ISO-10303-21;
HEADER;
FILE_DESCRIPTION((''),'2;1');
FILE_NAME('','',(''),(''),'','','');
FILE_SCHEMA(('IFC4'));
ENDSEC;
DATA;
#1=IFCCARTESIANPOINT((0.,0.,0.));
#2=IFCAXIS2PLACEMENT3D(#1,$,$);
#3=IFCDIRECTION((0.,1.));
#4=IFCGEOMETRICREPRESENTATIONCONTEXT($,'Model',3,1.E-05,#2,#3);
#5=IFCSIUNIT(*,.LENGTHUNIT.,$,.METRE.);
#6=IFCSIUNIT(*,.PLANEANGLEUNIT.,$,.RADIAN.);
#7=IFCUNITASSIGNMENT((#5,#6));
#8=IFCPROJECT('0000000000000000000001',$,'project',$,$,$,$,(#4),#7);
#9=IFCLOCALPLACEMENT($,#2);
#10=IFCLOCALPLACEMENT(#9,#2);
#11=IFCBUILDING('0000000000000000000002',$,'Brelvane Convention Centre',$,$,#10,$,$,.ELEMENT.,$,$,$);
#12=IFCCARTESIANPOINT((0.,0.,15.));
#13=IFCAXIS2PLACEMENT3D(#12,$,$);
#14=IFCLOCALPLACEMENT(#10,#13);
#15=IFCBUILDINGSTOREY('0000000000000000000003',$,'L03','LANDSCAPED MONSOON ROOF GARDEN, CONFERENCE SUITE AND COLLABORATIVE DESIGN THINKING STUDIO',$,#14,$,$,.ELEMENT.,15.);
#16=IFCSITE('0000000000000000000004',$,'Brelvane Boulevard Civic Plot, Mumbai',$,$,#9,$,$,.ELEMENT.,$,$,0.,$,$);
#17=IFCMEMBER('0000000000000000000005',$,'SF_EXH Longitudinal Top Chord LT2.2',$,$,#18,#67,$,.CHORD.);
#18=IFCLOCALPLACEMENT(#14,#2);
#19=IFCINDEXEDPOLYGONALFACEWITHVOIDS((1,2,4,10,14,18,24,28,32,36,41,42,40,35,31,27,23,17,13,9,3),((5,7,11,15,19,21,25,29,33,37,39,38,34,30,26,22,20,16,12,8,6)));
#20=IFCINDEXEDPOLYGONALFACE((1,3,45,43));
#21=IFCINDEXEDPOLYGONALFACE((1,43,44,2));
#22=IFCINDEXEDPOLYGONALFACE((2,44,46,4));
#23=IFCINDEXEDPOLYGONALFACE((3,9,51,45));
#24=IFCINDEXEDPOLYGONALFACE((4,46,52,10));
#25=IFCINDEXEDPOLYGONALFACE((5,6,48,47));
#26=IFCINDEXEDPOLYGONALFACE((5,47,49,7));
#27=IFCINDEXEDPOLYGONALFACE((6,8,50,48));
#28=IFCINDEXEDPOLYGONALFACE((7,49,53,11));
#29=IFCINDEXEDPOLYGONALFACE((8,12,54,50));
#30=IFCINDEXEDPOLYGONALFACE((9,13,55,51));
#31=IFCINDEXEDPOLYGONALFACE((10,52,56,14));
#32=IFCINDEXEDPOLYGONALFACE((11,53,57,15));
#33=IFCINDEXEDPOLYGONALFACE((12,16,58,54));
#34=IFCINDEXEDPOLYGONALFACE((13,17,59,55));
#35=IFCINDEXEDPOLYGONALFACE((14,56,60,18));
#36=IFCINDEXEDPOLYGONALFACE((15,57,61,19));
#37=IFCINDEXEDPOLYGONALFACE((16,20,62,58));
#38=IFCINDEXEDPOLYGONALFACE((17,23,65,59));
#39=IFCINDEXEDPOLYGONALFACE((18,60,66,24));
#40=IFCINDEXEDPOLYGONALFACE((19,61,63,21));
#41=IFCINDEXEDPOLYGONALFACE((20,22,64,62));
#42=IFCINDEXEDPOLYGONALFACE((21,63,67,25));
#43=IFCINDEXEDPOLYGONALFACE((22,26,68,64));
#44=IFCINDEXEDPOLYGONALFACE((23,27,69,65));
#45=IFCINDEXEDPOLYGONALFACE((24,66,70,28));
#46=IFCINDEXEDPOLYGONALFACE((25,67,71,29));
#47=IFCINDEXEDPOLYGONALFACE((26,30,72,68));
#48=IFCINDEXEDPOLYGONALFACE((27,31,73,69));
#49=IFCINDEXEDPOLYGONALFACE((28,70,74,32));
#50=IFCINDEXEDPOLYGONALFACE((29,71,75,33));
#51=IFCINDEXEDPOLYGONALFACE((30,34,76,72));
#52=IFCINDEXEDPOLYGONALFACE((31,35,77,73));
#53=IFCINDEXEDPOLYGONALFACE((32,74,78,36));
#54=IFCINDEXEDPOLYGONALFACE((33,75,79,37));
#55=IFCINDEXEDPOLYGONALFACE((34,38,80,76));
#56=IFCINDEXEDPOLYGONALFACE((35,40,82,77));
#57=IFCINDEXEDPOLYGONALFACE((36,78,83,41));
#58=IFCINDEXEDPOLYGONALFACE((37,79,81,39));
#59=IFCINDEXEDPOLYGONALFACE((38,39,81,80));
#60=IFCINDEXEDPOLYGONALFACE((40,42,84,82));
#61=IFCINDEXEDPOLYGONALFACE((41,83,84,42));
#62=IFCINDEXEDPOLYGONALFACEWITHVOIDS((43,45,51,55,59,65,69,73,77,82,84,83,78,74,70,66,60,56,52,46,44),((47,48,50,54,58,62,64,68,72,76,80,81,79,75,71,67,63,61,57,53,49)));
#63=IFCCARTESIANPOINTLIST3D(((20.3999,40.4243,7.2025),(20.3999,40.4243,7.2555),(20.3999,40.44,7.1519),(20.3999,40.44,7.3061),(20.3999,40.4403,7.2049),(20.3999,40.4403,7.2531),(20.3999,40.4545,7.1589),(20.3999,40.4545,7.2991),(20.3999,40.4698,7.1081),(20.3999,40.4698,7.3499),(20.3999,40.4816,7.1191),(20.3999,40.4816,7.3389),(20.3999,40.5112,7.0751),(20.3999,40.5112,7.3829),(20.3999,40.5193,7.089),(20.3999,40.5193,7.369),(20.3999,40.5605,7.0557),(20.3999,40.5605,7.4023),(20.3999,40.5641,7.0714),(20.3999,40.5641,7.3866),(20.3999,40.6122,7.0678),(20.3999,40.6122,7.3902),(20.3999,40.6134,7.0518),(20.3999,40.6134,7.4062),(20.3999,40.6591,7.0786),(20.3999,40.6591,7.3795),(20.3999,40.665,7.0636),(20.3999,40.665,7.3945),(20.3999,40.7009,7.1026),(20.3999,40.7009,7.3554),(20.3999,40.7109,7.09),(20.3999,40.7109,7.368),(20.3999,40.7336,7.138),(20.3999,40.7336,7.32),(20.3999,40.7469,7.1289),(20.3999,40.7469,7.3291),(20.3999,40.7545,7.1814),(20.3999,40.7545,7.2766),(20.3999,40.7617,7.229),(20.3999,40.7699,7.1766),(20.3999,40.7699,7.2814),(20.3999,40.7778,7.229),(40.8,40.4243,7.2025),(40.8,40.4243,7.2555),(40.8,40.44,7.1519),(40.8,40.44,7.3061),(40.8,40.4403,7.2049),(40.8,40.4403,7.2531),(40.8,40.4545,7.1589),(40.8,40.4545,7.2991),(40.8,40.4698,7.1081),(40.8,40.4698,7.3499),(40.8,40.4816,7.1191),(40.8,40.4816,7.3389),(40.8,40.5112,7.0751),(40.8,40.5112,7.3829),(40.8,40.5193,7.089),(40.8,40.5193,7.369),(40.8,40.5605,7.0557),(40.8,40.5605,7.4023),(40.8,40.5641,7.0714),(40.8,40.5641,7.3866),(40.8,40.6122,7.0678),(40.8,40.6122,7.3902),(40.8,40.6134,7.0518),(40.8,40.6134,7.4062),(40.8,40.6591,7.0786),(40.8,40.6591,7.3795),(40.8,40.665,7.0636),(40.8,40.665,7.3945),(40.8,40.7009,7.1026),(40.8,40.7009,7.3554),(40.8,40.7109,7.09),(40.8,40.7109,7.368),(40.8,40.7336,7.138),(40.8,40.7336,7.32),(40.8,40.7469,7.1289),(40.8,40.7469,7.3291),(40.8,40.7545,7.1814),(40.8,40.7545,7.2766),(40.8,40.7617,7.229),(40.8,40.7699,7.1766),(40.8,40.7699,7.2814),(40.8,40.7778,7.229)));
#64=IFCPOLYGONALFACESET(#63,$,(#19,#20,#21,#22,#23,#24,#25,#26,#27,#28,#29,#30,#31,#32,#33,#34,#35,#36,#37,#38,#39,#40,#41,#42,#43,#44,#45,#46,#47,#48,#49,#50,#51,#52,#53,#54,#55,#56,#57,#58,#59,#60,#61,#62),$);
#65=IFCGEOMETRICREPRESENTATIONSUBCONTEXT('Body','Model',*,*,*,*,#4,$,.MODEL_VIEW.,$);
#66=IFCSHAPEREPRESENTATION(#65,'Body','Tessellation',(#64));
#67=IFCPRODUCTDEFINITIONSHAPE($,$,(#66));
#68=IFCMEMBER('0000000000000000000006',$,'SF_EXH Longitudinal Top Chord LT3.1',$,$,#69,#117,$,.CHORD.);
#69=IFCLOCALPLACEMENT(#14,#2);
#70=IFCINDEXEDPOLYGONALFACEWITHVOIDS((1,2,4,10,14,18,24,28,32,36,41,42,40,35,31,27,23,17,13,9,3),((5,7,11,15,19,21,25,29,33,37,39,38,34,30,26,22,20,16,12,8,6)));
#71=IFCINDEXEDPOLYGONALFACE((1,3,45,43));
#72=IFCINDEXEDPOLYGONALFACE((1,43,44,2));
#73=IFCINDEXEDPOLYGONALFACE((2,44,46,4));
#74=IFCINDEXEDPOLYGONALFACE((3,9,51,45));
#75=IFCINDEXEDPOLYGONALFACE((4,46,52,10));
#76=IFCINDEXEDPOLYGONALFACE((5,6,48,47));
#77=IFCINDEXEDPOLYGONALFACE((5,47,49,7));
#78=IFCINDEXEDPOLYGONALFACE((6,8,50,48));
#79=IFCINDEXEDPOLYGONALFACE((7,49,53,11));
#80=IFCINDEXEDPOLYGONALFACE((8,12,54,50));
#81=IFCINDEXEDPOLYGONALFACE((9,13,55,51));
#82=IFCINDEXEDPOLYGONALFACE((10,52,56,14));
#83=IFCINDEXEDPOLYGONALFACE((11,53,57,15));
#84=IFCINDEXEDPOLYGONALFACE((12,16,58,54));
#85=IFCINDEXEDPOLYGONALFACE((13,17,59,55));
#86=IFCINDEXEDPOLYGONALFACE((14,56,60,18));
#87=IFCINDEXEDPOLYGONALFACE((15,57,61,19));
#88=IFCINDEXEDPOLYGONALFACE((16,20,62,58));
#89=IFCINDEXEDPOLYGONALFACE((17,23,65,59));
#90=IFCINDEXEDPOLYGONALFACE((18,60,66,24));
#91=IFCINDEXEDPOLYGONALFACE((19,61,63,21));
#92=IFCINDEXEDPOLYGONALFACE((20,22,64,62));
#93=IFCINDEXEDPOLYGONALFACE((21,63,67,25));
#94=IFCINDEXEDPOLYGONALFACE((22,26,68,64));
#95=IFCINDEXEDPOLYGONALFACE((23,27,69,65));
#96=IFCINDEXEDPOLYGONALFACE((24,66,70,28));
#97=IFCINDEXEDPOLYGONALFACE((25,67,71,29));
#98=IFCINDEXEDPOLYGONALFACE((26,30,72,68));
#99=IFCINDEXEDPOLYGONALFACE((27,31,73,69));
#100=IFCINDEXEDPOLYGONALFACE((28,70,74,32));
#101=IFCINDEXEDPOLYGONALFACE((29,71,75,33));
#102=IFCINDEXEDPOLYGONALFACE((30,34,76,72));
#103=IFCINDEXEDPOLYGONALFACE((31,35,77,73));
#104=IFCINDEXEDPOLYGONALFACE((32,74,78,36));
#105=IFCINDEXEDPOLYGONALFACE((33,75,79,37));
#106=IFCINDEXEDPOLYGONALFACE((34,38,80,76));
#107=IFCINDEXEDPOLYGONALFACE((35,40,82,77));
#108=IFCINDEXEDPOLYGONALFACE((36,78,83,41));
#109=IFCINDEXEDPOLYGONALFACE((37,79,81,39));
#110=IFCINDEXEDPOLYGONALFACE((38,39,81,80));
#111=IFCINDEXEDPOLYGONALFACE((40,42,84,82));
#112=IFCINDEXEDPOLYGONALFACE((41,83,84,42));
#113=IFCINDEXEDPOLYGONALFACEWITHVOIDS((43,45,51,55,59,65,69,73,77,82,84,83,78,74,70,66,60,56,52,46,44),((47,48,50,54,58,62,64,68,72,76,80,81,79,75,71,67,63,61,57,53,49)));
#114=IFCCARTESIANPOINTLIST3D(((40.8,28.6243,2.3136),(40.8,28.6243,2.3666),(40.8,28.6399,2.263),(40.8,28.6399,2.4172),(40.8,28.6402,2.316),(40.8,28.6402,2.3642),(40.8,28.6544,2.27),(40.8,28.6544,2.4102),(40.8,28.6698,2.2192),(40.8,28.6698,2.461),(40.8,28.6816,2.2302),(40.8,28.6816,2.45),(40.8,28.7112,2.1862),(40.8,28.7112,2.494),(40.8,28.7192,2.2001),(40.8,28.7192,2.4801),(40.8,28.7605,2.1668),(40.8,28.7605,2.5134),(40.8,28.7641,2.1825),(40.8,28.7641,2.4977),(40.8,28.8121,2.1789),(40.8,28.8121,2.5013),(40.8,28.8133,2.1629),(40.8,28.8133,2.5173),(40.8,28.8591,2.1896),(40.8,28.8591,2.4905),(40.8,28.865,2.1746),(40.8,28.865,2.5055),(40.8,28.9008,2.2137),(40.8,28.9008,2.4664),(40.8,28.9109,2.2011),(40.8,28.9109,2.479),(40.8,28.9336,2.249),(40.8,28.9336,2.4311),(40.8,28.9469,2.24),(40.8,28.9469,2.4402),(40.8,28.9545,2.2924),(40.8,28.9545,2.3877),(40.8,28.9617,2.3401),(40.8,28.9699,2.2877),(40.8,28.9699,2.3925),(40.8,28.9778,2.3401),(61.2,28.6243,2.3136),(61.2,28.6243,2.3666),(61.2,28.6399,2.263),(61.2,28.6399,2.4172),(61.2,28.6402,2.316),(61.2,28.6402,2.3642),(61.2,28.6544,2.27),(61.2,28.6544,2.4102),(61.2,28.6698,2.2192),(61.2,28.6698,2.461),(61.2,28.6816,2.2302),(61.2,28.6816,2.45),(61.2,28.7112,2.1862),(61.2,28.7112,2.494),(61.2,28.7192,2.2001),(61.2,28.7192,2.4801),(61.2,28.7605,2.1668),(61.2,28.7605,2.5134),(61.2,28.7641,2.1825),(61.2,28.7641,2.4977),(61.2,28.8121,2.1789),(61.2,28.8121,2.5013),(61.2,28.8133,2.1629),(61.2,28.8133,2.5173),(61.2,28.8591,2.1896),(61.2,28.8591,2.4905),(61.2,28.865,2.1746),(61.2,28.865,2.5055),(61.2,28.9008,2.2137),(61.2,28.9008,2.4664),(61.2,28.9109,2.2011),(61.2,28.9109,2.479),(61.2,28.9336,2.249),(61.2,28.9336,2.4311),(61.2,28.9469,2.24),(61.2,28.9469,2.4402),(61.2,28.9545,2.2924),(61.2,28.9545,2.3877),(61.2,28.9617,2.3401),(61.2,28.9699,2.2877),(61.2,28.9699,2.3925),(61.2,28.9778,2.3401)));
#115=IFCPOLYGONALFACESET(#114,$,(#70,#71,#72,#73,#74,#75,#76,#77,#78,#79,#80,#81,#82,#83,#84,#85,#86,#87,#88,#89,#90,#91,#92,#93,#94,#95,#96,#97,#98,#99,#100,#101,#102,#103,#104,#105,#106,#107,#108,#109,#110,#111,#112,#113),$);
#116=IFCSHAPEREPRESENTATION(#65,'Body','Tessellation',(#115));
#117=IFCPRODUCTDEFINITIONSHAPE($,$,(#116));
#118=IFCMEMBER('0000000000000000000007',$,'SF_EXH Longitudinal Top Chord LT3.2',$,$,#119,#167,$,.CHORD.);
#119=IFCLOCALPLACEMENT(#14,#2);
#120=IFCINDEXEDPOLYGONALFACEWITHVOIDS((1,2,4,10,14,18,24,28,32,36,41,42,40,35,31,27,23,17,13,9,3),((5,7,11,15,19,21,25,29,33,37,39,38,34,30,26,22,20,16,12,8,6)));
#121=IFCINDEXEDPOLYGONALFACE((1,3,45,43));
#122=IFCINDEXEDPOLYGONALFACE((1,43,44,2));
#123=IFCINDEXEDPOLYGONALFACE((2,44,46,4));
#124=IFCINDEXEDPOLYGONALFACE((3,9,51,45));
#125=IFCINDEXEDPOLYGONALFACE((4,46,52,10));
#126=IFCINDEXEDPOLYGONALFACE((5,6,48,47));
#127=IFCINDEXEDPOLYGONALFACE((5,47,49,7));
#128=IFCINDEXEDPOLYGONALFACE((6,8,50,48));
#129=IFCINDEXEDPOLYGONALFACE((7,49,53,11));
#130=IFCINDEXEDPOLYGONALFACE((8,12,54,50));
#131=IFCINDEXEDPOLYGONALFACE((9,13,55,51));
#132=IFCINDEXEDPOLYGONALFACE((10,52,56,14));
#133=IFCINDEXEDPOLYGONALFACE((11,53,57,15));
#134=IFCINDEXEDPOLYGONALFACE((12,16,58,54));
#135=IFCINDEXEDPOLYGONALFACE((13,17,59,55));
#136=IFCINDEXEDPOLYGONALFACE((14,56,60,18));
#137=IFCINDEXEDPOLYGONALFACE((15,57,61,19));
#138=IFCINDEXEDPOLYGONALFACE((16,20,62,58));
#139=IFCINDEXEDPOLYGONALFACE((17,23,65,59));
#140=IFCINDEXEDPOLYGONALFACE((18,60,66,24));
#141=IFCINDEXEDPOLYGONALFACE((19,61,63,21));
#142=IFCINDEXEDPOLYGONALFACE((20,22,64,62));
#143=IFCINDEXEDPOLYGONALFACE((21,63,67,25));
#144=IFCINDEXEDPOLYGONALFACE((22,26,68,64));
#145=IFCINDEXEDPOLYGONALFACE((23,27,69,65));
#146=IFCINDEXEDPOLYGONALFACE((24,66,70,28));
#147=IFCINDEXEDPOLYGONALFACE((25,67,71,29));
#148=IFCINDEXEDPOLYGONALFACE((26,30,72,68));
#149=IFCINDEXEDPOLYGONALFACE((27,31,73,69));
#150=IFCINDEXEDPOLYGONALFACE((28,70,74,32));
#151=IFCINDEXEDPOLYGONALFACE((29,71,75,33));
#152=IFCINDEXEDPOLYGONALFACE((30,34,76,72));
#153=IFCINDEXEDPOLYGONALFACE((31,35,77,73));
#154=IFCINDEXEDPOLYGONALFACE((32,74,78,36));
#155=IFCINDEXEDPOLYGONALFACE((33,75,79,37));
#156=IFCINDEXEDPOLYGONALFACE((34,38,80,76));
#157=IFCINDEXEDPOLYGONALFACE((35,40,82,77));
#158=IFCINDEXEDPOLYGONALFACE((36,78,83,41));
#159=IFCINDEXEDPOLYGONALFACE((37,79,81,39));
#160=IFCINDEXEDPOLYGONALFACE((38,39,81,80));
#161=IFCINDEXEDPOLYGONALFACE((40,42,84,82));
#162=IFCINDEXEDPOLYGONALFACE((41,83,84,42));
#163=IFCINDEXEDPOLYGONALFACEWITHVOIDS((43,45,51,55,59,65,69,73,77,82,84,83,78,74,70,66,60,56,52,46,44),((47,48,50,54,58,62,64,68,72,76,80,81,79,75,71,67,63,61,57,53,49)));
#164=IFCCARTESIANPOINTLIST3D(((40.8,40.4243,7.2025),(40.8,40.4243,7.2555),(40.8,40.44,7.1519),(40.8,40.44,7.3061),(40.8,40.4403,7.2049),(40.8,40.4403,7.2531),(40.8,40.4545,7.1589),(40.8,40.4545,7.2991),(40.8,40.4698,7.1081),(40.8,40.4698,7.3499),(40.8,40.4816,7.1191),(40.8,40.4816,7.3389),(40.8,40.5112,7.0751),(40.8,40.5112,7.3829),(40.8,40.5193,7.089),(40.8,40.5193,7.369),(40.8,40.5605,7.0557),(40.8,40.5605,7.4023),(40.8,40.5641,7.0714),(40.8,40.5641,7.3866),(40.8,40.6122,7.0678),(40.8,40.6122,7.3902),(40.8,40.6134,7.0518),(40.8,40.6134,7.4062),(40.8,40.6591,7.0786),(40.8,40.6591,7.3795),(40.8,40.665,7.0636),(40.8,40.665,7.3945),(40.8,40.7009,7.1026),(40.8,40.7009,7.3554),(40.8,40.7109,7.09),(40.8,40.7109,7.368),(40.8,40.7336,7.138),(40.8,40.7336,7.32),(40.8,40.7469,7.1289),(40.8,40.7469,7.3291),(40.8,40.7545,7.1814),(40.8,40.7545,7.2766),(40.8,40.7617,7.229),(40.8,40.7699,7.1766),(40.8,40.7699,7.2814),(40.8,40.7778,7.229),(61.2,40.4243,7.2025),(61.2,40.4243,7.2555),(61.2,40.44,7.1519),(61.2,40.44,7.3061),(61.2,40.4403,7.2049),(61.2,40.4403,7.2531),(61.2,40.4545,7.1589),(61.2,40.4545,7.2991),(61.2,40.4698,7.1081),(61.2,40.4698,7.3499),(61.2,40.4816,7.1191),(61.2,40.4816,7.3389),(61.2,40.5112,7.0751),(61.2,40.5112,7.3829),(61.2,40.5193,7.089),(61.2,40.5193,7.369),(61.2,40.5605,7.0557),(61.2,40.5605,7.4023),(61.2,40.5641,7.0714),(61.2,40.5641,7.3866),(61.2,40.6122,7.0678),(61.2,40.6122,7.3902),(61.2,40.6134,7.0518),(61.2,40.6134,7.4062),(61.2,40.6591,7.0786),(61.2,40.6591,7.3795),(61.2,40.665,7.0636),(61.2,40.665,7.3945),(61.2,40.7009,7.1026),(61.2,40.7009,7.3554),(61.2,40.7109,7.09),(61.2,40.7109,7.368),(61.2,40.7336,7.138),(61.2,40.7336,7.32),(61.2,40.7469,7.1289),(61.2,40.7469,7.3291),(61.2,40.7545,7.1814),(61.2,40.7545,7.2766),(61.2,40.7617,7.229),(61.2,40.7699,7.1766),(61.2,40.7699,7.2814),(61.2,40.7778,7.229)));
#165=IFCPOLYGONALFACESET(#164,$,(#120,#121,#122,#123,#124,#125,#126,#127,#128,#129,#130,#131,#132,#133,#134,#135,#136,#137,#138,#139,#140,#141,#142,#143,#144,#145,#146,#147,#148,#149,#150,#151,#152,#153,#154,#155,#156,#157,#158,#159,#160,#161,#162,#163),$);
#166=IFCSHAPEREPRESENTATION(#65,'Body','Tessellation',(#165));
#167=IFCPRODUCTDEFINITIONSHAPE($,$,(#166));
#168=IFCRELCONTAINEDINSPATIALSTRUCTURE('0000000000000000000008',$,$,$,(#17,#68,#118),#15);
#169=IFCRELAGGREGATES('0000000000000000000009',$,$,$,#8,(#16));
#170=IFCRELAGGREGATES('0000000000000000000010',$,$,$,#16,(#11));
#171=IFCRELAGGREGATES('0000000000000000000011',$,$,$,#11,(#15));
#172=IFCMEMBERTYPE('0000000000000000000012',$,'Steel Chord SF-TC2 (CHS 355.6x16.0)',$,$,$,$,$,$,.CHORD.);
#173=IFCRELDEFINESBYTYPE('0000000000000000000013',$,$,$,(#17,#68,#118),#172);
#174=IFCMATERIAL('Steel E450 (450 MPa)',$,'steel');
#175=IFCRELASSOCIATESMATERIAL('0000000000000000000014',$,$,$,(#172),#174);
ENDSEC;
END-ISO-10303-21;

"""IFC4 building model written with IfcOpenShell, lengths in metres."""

from ifc_helpers import new_model, si_unit, direction, frame, origin, origin_2d, place, context, subcontext, project, spatial, hollow_circle, extrude, material, material_profile, profile_set, type_object, element, save


model = new_model("IFC4")

# Units and contexts
model_context = context("Model", 3, precision=1e-05, world=origin(), true_north=direction((0.0, 1.0)))
body_context = subcontext(model_context, "Body", "Model", "MODEL_VIEW")
ifc_project = project(units=[si_unit("LENGTHUNIT", "METRE"), si_unit("PLANEANGLEUNIT", "RADIAN")], contexts=[model_context])

# Site, building, storey
site_placement = place(None, origin())
site = spatial("IfcSite", under=ifc_project, at=site_placement, Name="Brelvane Boulevard Civic Plot, Mumbai", CompositionType="ELEMENT", RefElevation=0.0)
building_placement = place(site_placement, origin())
building = spatial("IfcBuilding", under=site, at=building_placement, Name="Brelvane Convention Centre", CompositionType="ELEMENT")
storey_placement = place(building_placement, frame((0.0, 0.0, 15.0)))
storey = spatial("IfcBuildingStorey", under=building, at=storey_placement, Name="L03", Description="LANDSCAPED MONSOON ROOF GARDEN, CONFERENCE SUITE AND COLLABORATIVE DESIGN THINKING STUDIO", CompositionType="ELEMENT", Elevation=15.0)

# Members
ifc_material_1 = material(Name="Steel E450 (450 MPa)", Category="steel")
ifc_material_profile_1 = material_profile(ifc_material_1, hollow_circle(Radius=0.1777, WallThickness=0.0161, at=origin_2d()), Name="CHS 355.6x16.0")
ifc_profile_set_1 = profile_set([ifc_material_profile_1], Name="Steel E450 (450 MPa)")
member_type_1 = type_object("IfcMemberType", Name="Steel Chord SF-TC2 (CHS 355.6x16.0)", PredefinedType="CHORD", material=ifc_profile_set_1)
member_1_placement = place(storey_placement, frame((20.3999, 40.6001, 7.229), z_axis=(1.0, 0.0, 0.0), x_axis=(0.0, 1.0, 0.0)))
element("IfcMember", 1, at=member_1_placement, inside=storey, type_object=member_type_1, Name="SF_EXH Longitudinal Top Chord LT2.2", PredefinedType="CHORD", context=body_context, shape_type="SweptSolid", body=[
    extrude(hollow_circle(Radius=0.1777, WallThickness=0.0161, at=origin_2d()), origin(), (0.0, 0.0, 1.0), 20.4001),
])
for number, where, z_axis, x_axis, name in (
    (2, (40.8, 28.8, 2.3401), (1.0, 0.0, 0.0), (0.0, 1.0, 0.0), "SF_EXH Longitudinal Top Chord LT3.1"),
    (3, (40.8, 40.6001, 7.229), (1.0, 0.0, 0.0), (0.0, 1.0, 0.0), "SF_EXH Longitudinal Top Chord LT3.2"),
):
    element("IfcMember", number, at=place(storey_placement, frame(where, z_axis=z_axis, x_axis=x_axis)), inside=storey, type_object=member_type_1, Name=name, PredefinedType="CHORD", context=body_context, shape_type="SweptSolid", body=[
        extrude(hollow_circle(Radius=0.1777, WallThickness=0.0161, at=origin_2d()), origin(), (0.0, 0.0, 1.0), 20.3999),
    ])

save(model, "model.ifc")
